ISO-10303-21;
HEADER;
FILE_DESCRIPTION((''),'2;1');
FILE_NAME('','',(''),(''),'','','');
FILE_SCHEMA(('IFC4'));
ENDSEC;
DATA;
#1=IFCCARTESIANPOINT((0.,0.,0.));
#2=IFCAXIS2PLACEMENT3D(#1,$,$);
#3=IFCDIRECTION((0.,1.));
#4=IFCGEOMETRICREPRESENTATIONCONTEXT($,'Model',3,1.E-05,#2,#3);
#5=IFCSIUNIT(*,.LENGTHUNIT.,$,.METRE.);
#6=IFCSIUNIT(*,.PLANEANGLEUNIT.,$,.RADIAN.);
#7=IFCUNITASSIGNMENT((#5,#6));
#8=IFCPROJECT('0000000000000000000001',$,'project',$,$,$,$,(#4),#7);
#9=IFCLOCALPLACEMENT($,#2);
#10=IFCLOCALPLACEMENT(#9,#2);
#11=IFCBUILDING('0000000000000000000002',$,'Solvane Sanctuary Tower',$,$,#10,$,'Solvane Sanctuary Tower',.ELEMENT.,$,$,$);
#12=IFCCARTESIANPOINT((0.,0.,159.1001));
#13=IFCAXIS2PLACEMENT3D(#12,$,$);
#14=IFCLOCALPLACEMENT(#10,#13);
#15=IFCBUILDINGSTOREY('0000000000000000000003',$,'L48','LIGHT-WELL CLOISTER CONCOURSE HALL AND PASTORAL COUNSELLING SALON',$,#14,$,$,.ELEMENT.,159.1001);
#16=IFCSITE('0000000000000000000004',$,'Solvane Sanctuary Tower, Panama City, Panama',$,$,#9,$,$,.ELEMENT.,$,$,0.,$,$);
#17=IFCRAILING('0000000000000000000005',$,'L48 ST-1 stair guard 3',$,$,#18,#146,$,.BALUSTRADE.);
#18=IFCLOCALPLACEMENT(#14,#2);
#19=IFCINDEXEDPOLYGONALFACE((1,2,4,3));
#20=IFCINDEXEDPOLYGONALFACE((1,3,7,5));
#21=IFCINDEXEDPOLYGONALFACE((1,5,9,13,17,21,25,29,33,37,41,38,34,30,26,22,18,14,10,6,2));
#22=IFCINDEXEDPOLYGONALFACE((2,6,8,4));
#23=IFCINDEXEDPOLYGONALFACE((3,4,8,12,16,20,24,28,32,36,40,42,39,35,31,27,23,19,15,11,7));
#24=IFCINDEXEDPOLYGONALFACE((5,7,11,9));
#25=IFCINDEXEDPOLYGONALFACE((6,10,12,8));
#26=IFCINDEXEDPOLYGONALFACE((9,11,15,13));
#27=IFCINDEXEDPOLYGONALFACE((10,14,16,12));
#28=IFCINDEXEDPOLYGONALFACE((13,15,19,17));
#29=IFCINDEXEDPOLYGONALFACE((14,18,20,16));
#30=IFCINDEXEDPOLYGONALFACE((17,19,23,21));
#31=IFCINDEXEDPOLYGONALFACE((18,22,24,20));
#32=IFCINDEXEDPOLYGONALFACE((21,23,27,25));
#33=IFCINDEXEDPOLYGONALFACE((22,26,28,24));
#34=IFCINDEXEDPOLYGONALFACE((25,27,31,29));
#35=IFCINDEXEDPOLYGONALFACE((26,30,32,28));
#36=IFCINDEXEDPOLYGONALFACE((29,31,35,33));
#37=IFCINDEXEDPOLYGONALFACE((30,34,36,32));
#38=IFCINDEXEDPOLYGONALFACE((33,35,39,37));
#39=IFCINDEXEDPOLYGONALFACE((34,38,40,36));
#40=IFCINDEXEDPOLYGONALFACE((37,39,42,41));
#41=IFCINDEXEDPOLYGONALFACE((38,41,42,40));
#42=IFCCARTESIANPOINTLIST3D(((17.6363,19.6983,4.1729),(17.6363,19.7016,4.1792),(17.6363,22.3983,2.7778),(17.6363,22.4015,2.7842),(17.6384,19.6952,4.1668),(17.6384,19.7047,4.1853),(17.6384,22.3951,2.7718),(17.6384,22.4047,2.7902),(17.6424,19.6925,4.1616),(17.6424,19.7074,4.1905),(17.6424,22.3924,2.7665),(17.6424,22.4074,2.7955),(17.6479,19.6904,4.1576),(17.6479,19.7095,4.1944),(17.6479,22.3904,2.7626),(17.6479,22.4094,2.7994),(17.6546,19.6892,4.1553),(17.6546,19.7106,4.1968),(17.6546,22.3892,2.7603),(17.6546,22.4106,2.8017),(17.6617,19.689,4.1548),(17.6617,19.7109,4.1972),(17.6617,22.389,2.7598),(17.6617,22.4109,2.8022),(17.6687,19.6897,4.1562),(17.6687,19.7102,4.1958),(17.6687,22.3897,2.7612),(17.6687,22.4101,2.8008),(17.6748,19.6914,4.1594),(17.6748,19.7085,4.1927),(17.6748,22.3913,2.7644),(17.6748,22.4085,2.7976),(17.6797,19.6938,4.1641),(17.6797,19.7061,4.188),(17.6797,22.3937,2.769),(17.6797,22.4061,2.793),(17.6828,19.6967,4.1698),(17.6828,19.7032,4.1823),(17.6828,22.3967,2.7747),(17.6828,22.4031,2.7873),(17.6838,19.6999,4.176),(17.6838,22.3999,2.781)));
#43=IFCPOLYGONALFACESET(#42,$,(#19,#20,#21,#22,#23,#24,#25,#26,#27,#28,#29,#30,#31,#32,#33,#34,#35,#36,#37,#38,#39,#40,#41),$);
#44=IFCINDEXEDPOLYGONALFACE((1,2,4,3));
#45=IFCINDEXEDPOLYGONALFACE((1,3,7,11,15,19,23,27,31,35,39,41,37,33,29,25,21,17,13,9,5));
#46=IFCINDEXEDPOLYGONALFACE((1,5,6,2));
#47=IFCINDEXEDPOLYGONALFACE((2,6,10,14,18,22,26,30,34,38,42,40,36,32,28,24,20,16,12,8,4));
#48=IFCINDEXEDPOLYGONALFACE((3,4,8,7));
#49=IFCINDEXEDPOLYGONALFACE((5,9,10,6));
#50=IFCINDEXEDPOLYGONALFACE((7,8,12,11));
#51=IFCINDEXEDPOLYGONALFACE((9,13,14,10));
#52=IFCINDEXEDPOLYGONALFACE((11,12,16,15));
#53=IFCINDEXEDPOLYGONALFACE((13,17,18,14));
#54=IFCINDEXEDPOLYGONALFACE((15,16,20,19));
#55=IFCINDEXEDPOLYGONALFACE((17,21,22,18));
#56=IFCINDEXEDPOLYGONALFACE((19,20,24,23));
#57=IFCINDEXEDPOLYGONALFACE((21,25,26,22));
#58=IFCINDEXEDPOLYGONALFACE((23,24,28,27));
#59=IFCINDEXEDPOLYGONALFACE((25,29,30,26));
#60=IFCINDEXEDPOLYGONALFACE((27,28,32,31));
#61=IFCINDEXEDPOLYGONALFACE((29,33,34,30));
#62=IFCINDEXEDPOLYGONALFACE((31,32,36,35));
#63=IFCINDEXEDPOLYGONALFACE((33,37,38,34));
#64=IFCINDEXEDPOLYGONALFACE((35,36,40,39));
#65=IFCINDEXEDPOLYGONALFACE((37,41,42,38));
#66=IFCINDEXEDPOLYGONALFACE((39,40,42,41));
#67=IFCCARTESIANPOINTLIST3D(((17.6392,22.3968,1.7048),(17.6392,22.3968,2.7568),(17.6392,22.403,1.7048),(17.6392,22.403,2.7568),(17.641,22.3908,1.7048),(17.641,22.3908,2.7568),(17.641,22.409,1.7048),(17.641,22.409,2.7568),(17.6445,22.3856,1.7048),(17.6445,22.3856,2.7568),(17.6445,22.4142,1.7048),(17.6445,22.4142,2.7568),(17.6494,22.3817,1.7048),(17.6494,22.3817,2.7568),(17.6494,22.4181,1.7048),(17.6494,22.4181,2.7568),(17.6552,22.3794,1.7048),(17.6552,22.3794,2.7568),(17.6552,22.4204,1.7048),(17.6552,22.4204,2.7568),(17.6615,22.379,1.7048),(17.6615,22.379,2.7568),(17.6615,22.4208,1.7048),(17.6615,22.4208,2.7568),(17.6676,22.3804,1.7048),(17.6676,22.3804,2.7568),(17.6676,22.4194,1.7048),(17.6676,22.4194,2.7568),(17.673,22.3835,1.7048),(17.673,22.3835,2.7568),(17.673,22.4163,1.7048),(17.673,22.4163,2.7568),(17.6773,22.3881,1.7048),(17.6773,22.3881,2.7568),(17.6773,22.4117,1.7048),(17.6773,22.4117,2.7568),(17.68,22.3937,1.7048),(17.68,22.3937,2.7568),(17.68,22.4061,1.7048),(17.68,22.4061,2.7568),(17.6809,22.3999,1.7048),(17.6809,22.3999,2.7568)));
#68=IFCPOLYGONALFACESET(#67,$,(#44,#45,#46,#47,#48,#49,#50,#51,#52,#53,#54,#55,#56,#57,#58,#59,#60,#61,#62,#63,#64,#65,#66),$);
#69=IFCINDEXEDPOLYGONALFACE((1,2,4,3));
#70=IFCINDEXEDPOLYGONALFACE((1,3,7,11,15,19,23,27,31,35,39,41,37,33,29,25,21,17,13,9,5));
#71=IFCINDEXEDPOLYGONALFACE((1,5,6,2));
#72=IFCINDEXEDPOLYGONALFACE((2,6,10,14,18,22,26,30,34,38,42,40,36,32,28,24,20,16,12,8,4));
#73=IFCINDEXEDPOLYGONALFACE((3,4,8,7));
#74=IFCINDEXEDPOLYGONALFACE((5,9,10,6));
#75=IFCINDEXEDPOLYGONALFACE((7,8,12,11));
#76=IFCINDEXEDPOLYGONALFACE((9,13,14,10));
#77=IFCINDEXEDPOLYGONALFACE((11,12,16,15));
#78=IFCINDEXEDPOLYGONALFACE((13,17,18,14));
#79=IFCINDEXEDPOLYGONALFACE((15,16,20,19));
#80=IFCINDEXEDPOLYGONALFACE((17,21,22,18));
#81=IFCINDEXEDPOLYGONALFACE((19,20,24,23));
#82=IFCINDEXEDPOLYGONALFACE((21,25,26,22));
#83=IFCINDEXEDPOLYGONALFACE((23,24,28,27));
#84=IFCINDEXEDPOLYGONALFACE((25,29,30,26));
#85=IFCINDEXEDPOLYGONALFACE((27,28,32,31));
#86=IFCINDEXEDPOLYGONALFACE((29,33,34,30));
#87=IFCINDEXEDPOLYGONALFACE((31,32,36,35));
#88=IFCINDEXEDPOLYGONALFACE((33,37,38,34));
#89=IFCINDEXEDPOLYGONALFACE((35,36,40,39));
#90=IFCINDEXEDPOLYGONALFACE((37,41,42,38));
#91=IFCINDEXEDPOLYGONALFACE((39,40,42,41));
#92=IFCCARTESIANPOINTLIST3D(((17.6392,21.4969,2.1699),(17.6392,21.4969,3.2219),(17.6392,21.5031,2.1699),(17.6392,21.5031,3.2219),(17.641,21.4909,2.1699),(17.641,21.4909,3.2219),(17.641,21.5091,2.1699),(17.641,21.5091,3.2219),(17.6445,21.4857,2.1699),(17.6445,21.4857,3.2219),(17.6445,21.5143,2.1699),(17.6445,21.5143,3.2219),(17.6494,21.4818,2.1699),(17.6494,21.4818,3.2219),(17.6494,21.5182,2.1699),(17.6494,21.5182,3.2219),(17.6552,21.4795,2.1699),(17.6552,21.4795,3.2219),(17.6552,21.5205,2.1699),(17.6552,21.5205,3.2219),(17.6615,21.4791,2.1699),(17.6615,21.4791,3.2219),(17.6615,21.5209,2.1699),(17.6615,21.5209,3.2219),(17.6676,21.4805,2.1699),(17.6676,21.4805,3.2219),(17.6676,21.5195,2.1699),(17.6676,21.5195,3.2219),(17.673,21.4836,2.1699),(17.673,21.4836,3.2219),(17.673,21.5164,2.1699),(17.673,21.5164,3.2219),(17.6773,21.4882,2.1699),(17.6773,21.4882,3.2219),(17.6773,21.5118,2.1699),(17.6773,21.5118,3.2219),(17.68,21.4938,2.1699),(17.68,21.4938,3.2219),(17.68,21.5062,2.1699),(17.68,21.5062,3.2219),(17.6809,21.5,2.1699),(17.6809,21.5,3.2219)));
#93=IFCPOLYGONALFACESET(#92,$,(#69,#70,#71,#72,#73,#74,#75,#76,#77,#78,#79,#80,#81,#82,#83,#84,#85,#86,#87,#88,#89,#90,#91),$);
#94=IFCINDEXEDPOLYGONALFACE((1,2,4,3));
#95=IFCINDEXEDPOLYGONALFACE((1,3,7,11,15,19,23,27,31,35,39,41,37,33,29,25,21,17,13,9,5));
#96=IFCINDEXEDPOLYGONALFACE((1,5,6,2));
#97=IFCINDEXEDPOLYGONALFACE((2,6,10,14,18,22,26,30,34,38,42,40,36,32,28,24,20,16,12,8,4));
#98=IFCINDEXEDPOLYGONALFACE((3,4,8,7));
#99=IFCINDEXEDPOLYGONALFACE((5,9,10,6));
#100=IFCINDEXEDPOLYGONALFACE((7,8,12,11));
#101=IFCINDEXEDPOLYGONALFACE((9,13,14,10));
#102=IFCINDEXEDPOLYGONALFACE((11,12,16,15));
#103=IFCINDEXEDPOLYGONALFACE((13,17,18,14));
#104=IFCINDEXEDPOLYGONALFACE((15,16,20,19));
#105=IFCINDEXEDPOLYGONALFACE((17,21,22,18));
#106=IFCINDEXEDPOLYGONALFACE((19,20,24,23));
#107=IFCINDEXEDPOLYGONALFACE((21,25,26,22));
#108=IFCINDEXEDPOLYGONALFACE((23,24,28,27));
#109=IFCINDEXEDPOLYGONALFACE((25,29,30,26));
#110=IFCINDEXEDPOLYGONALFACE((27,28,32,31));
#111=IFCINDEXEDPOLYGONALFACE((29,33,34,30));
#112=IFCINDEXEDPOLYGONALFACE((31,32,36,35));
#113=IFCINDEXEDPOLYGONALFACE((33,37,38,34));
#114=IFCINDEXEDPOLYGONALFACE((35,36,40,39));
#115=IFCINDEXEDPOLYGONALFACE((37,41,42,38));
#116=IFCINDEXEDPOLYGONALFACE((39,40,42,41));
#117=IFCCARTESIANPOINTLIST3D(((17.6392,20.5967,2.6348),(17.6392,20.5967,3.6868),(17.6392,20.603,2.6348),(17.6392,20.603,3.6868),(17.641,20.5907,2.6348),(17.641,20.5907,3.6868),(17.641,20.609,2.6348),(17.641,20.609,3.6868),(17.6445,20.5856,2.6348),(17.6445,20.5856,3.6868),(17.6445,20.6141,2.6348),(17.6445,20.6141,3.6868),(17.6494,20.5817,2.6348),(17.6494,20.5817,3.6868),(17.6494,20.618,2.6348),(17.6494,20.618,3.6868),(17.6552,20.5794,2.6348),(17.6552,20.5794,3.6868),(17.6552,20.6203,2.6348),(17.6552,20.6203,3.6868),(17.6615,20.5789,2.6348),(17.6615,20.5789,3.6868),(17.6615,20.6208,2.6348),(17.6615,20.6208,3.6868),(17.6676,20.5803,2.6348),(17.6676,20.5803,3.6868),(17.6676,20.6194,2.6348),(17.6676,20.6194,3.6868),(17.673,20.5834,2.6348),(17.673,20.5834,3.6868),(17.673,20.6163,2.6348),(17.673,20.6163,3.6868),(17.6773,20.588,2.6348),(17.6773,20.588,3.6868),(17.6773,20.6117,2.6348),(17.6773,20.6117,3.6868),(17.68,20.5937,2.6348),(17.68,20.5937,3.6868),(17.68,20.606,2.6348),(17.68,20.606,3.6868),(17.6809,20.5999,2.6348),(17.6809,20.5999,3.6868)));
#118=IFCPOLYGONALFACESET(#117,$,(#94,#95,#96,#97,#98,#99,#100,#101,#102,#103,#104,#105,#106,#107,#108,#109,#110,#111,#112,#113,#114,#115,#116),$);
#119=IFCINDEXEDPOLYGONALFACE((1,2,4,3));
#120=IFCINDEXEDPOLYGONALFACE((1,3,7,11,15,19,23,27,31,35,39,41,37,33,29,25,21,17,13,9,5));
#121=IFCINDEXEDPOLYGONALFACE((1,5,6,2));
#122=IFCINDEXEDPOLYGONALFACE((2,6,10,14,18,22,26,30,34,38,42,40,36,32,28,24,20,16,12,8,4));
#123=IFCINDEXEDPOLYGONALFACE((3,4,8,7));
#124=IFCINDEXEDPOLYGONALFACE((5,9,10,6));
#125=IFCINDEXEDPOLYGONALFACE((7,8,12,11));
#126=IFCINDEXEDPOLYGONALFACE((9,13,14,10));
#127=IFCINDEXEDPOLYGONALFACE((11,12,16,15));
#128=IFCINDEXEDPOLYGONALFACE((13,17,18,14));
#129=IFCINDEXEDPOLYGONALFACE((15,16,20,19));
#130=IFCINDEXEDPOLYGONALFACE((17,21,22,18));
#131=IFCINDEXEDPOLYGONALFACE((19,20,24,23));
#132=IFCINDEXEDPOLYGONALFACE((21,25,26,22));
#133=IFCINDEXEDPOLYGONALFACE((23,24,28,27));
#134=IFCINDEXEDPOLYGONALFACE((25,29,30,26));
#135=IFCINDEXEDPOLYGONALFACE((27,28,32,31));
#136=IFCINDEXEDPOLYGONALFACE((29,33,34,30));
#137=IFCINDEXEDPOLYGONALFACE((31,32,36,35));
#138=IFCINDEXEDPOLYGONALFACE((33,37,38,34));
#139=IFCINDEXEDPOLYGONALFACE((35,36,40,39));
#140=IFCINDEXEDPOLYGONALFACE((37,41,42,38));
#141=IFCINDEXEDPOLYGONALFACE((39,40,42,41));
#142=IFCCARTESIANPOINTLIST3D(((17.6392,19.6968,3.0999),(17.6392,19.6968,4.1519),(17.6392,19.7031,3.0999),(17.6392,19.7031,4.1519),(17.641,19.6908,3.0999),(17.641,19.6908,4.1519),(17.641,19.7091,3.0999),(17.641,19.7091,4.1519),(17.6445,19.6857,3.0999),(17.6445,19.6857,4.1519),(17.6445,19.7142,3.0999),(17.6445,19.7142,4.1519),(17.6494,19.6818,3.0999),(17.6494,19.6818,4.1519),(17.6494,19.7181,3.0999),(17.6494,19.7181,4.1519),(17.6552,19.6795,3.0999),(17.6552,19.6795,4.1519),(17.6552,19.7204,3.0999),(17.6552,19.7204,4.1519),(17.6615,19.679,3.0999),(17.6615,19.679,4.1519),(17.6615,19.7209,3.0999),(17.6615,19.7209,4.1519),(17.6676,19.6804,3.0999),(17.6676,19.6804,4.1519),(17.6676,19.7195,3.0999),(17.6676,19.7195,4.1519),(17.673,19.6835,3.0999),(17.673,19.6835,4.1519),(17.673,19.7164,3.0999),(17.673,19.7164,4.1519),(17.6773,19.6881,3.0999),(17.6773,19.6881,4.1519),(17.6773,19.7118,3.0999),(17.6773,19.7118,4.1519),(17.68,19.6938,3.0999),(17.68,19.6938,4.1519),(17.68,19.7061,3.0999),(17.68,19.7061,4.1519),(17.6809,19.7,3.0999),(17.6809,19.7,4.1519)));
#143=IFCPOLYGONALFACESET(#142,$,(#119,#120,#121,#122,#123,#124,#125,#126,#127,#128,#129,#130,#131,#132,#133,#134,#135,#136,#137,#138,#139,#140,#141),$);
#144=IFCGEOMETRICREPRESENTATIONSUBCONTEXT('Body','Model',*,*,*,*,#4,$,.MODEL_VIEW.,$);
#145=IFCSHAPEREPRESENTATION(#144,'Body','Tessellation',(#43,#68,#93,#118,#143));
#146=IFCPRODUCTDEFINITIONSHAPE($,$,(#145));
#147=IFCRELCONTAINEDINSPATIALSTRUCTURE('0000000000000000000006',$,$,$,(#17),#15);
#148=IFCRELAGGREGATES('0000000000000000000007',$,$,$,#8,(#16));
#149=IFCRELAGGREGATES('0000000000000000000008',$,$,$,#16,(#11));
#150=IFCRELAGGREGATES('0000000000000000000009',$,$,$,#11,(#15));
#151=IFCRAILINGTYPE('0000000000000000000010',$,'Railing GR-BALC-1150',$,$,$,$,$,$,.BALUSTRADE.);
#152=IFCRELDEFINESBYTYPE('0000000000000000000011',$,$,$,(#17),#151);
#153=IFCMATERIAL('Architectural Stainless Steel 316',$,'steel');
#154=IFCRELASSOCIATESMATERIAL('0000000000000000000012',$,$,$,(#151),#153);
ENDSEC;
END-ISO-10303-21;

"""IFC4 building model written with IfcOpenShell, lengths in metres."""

from ifc_helpers import new_model, si_unit, direction, frame, origin, origin_2d, place, context, subcontext, project, spatial, circle, extrude, material, type_object, element, save


model = new_model("IFC4")

# Units and contexts
model_context = context("Model", 3, precision=1e-05, world=origin(), true_north=direction((0.0, 1.0)))
body_context = subcontext(model_context, "Body", "Model", "MODEL_VIEW")
ifc_project = project(units=[si_unit("LENGTHUNIT", "METRE"), si_unit("PLANEANGLEUNIT", "RADIAN")], contexts=[model_context])

# Site, building, storey
site_placement = place(None, origin())
site = spatial("IfcSite", under=ifc_project, at=site_placement, Name="Solvane Sanctuary Tower, Panama City, Panama", CompositionType="ELEMENT", RefElevation=0.0)
building_placement = place(site_placement, origin())
building = spatial("IfcBuilding", under=site, at=building_placement, Name="Solvane Sanctuary Tower", LongName="Solvane Sanctuary Tower", CompositionType="ELEMENT")
storey_placement = place(building_placement, frame((0.0, 0.0, 159.1001)))
storey = spatial("IfcBuildingStorey", under=building, at=storey_placement, Name="L48", Description="LIGHT-WELL CLOISTER CONCOURSE HALL AND PASTORAL COUNSELLING SALON", CompositionType="ELEMENT", Elevation=159.1001)

# Shared definitions
ifc_material_1 = material(Name="Architectural Stainless Steel 316", Category="steel")

# Railing
railing_type_1 = type_object("IfcRailingType", Name="Railing GR-BALC-1150", PredefinedType="BALUSTRADE", material=ifc_material_1)
railing_1_placement = place(storey_placement, frame((17.6599, 22.3999, 1.7048)))
element("IfcRailing", 1, at=railing_1_placement, inside=storey, type_object=railing_type_1, Name="L48 ST-1 stair guard 3", PredefinedType="BALUSTRADE", context=body_context, shape_type="SweptSolid", body=[
    extrude(circle(Radius=0.0239, at=origin_2d()), frame((0.0, 0.0, 1.0762), z_axis=(0.0, -0.88842, 0.459032), x_axis=(1.0, 0.0, 0.0)), (0.0, 0.0, 1.0), 3.0391),
    extrude(circle(Radius=0.021, at=origin_2d()), origin(), (0.0, 0.0, 1.0), 1.052),
    extrude(circle(Radius=0.021, at=origin_2d()), frame((0.0, -0.8999, 0.4651)), (0.0, 0.0, 1.0), 1.052),
    extrude(circle(Radius=0.021, at=origin_2d()), frame((0.0, -1.8, 0.9299)), (0.0, 0.0, 1.0), 1.052),
    extrude(circle(Radius=0.021, at=origin_2d()), frame((0.0, -2.7, 1.395)), (0.0, 0.0, 1.0), 1.052),
])

save(model, "model.ifc")
